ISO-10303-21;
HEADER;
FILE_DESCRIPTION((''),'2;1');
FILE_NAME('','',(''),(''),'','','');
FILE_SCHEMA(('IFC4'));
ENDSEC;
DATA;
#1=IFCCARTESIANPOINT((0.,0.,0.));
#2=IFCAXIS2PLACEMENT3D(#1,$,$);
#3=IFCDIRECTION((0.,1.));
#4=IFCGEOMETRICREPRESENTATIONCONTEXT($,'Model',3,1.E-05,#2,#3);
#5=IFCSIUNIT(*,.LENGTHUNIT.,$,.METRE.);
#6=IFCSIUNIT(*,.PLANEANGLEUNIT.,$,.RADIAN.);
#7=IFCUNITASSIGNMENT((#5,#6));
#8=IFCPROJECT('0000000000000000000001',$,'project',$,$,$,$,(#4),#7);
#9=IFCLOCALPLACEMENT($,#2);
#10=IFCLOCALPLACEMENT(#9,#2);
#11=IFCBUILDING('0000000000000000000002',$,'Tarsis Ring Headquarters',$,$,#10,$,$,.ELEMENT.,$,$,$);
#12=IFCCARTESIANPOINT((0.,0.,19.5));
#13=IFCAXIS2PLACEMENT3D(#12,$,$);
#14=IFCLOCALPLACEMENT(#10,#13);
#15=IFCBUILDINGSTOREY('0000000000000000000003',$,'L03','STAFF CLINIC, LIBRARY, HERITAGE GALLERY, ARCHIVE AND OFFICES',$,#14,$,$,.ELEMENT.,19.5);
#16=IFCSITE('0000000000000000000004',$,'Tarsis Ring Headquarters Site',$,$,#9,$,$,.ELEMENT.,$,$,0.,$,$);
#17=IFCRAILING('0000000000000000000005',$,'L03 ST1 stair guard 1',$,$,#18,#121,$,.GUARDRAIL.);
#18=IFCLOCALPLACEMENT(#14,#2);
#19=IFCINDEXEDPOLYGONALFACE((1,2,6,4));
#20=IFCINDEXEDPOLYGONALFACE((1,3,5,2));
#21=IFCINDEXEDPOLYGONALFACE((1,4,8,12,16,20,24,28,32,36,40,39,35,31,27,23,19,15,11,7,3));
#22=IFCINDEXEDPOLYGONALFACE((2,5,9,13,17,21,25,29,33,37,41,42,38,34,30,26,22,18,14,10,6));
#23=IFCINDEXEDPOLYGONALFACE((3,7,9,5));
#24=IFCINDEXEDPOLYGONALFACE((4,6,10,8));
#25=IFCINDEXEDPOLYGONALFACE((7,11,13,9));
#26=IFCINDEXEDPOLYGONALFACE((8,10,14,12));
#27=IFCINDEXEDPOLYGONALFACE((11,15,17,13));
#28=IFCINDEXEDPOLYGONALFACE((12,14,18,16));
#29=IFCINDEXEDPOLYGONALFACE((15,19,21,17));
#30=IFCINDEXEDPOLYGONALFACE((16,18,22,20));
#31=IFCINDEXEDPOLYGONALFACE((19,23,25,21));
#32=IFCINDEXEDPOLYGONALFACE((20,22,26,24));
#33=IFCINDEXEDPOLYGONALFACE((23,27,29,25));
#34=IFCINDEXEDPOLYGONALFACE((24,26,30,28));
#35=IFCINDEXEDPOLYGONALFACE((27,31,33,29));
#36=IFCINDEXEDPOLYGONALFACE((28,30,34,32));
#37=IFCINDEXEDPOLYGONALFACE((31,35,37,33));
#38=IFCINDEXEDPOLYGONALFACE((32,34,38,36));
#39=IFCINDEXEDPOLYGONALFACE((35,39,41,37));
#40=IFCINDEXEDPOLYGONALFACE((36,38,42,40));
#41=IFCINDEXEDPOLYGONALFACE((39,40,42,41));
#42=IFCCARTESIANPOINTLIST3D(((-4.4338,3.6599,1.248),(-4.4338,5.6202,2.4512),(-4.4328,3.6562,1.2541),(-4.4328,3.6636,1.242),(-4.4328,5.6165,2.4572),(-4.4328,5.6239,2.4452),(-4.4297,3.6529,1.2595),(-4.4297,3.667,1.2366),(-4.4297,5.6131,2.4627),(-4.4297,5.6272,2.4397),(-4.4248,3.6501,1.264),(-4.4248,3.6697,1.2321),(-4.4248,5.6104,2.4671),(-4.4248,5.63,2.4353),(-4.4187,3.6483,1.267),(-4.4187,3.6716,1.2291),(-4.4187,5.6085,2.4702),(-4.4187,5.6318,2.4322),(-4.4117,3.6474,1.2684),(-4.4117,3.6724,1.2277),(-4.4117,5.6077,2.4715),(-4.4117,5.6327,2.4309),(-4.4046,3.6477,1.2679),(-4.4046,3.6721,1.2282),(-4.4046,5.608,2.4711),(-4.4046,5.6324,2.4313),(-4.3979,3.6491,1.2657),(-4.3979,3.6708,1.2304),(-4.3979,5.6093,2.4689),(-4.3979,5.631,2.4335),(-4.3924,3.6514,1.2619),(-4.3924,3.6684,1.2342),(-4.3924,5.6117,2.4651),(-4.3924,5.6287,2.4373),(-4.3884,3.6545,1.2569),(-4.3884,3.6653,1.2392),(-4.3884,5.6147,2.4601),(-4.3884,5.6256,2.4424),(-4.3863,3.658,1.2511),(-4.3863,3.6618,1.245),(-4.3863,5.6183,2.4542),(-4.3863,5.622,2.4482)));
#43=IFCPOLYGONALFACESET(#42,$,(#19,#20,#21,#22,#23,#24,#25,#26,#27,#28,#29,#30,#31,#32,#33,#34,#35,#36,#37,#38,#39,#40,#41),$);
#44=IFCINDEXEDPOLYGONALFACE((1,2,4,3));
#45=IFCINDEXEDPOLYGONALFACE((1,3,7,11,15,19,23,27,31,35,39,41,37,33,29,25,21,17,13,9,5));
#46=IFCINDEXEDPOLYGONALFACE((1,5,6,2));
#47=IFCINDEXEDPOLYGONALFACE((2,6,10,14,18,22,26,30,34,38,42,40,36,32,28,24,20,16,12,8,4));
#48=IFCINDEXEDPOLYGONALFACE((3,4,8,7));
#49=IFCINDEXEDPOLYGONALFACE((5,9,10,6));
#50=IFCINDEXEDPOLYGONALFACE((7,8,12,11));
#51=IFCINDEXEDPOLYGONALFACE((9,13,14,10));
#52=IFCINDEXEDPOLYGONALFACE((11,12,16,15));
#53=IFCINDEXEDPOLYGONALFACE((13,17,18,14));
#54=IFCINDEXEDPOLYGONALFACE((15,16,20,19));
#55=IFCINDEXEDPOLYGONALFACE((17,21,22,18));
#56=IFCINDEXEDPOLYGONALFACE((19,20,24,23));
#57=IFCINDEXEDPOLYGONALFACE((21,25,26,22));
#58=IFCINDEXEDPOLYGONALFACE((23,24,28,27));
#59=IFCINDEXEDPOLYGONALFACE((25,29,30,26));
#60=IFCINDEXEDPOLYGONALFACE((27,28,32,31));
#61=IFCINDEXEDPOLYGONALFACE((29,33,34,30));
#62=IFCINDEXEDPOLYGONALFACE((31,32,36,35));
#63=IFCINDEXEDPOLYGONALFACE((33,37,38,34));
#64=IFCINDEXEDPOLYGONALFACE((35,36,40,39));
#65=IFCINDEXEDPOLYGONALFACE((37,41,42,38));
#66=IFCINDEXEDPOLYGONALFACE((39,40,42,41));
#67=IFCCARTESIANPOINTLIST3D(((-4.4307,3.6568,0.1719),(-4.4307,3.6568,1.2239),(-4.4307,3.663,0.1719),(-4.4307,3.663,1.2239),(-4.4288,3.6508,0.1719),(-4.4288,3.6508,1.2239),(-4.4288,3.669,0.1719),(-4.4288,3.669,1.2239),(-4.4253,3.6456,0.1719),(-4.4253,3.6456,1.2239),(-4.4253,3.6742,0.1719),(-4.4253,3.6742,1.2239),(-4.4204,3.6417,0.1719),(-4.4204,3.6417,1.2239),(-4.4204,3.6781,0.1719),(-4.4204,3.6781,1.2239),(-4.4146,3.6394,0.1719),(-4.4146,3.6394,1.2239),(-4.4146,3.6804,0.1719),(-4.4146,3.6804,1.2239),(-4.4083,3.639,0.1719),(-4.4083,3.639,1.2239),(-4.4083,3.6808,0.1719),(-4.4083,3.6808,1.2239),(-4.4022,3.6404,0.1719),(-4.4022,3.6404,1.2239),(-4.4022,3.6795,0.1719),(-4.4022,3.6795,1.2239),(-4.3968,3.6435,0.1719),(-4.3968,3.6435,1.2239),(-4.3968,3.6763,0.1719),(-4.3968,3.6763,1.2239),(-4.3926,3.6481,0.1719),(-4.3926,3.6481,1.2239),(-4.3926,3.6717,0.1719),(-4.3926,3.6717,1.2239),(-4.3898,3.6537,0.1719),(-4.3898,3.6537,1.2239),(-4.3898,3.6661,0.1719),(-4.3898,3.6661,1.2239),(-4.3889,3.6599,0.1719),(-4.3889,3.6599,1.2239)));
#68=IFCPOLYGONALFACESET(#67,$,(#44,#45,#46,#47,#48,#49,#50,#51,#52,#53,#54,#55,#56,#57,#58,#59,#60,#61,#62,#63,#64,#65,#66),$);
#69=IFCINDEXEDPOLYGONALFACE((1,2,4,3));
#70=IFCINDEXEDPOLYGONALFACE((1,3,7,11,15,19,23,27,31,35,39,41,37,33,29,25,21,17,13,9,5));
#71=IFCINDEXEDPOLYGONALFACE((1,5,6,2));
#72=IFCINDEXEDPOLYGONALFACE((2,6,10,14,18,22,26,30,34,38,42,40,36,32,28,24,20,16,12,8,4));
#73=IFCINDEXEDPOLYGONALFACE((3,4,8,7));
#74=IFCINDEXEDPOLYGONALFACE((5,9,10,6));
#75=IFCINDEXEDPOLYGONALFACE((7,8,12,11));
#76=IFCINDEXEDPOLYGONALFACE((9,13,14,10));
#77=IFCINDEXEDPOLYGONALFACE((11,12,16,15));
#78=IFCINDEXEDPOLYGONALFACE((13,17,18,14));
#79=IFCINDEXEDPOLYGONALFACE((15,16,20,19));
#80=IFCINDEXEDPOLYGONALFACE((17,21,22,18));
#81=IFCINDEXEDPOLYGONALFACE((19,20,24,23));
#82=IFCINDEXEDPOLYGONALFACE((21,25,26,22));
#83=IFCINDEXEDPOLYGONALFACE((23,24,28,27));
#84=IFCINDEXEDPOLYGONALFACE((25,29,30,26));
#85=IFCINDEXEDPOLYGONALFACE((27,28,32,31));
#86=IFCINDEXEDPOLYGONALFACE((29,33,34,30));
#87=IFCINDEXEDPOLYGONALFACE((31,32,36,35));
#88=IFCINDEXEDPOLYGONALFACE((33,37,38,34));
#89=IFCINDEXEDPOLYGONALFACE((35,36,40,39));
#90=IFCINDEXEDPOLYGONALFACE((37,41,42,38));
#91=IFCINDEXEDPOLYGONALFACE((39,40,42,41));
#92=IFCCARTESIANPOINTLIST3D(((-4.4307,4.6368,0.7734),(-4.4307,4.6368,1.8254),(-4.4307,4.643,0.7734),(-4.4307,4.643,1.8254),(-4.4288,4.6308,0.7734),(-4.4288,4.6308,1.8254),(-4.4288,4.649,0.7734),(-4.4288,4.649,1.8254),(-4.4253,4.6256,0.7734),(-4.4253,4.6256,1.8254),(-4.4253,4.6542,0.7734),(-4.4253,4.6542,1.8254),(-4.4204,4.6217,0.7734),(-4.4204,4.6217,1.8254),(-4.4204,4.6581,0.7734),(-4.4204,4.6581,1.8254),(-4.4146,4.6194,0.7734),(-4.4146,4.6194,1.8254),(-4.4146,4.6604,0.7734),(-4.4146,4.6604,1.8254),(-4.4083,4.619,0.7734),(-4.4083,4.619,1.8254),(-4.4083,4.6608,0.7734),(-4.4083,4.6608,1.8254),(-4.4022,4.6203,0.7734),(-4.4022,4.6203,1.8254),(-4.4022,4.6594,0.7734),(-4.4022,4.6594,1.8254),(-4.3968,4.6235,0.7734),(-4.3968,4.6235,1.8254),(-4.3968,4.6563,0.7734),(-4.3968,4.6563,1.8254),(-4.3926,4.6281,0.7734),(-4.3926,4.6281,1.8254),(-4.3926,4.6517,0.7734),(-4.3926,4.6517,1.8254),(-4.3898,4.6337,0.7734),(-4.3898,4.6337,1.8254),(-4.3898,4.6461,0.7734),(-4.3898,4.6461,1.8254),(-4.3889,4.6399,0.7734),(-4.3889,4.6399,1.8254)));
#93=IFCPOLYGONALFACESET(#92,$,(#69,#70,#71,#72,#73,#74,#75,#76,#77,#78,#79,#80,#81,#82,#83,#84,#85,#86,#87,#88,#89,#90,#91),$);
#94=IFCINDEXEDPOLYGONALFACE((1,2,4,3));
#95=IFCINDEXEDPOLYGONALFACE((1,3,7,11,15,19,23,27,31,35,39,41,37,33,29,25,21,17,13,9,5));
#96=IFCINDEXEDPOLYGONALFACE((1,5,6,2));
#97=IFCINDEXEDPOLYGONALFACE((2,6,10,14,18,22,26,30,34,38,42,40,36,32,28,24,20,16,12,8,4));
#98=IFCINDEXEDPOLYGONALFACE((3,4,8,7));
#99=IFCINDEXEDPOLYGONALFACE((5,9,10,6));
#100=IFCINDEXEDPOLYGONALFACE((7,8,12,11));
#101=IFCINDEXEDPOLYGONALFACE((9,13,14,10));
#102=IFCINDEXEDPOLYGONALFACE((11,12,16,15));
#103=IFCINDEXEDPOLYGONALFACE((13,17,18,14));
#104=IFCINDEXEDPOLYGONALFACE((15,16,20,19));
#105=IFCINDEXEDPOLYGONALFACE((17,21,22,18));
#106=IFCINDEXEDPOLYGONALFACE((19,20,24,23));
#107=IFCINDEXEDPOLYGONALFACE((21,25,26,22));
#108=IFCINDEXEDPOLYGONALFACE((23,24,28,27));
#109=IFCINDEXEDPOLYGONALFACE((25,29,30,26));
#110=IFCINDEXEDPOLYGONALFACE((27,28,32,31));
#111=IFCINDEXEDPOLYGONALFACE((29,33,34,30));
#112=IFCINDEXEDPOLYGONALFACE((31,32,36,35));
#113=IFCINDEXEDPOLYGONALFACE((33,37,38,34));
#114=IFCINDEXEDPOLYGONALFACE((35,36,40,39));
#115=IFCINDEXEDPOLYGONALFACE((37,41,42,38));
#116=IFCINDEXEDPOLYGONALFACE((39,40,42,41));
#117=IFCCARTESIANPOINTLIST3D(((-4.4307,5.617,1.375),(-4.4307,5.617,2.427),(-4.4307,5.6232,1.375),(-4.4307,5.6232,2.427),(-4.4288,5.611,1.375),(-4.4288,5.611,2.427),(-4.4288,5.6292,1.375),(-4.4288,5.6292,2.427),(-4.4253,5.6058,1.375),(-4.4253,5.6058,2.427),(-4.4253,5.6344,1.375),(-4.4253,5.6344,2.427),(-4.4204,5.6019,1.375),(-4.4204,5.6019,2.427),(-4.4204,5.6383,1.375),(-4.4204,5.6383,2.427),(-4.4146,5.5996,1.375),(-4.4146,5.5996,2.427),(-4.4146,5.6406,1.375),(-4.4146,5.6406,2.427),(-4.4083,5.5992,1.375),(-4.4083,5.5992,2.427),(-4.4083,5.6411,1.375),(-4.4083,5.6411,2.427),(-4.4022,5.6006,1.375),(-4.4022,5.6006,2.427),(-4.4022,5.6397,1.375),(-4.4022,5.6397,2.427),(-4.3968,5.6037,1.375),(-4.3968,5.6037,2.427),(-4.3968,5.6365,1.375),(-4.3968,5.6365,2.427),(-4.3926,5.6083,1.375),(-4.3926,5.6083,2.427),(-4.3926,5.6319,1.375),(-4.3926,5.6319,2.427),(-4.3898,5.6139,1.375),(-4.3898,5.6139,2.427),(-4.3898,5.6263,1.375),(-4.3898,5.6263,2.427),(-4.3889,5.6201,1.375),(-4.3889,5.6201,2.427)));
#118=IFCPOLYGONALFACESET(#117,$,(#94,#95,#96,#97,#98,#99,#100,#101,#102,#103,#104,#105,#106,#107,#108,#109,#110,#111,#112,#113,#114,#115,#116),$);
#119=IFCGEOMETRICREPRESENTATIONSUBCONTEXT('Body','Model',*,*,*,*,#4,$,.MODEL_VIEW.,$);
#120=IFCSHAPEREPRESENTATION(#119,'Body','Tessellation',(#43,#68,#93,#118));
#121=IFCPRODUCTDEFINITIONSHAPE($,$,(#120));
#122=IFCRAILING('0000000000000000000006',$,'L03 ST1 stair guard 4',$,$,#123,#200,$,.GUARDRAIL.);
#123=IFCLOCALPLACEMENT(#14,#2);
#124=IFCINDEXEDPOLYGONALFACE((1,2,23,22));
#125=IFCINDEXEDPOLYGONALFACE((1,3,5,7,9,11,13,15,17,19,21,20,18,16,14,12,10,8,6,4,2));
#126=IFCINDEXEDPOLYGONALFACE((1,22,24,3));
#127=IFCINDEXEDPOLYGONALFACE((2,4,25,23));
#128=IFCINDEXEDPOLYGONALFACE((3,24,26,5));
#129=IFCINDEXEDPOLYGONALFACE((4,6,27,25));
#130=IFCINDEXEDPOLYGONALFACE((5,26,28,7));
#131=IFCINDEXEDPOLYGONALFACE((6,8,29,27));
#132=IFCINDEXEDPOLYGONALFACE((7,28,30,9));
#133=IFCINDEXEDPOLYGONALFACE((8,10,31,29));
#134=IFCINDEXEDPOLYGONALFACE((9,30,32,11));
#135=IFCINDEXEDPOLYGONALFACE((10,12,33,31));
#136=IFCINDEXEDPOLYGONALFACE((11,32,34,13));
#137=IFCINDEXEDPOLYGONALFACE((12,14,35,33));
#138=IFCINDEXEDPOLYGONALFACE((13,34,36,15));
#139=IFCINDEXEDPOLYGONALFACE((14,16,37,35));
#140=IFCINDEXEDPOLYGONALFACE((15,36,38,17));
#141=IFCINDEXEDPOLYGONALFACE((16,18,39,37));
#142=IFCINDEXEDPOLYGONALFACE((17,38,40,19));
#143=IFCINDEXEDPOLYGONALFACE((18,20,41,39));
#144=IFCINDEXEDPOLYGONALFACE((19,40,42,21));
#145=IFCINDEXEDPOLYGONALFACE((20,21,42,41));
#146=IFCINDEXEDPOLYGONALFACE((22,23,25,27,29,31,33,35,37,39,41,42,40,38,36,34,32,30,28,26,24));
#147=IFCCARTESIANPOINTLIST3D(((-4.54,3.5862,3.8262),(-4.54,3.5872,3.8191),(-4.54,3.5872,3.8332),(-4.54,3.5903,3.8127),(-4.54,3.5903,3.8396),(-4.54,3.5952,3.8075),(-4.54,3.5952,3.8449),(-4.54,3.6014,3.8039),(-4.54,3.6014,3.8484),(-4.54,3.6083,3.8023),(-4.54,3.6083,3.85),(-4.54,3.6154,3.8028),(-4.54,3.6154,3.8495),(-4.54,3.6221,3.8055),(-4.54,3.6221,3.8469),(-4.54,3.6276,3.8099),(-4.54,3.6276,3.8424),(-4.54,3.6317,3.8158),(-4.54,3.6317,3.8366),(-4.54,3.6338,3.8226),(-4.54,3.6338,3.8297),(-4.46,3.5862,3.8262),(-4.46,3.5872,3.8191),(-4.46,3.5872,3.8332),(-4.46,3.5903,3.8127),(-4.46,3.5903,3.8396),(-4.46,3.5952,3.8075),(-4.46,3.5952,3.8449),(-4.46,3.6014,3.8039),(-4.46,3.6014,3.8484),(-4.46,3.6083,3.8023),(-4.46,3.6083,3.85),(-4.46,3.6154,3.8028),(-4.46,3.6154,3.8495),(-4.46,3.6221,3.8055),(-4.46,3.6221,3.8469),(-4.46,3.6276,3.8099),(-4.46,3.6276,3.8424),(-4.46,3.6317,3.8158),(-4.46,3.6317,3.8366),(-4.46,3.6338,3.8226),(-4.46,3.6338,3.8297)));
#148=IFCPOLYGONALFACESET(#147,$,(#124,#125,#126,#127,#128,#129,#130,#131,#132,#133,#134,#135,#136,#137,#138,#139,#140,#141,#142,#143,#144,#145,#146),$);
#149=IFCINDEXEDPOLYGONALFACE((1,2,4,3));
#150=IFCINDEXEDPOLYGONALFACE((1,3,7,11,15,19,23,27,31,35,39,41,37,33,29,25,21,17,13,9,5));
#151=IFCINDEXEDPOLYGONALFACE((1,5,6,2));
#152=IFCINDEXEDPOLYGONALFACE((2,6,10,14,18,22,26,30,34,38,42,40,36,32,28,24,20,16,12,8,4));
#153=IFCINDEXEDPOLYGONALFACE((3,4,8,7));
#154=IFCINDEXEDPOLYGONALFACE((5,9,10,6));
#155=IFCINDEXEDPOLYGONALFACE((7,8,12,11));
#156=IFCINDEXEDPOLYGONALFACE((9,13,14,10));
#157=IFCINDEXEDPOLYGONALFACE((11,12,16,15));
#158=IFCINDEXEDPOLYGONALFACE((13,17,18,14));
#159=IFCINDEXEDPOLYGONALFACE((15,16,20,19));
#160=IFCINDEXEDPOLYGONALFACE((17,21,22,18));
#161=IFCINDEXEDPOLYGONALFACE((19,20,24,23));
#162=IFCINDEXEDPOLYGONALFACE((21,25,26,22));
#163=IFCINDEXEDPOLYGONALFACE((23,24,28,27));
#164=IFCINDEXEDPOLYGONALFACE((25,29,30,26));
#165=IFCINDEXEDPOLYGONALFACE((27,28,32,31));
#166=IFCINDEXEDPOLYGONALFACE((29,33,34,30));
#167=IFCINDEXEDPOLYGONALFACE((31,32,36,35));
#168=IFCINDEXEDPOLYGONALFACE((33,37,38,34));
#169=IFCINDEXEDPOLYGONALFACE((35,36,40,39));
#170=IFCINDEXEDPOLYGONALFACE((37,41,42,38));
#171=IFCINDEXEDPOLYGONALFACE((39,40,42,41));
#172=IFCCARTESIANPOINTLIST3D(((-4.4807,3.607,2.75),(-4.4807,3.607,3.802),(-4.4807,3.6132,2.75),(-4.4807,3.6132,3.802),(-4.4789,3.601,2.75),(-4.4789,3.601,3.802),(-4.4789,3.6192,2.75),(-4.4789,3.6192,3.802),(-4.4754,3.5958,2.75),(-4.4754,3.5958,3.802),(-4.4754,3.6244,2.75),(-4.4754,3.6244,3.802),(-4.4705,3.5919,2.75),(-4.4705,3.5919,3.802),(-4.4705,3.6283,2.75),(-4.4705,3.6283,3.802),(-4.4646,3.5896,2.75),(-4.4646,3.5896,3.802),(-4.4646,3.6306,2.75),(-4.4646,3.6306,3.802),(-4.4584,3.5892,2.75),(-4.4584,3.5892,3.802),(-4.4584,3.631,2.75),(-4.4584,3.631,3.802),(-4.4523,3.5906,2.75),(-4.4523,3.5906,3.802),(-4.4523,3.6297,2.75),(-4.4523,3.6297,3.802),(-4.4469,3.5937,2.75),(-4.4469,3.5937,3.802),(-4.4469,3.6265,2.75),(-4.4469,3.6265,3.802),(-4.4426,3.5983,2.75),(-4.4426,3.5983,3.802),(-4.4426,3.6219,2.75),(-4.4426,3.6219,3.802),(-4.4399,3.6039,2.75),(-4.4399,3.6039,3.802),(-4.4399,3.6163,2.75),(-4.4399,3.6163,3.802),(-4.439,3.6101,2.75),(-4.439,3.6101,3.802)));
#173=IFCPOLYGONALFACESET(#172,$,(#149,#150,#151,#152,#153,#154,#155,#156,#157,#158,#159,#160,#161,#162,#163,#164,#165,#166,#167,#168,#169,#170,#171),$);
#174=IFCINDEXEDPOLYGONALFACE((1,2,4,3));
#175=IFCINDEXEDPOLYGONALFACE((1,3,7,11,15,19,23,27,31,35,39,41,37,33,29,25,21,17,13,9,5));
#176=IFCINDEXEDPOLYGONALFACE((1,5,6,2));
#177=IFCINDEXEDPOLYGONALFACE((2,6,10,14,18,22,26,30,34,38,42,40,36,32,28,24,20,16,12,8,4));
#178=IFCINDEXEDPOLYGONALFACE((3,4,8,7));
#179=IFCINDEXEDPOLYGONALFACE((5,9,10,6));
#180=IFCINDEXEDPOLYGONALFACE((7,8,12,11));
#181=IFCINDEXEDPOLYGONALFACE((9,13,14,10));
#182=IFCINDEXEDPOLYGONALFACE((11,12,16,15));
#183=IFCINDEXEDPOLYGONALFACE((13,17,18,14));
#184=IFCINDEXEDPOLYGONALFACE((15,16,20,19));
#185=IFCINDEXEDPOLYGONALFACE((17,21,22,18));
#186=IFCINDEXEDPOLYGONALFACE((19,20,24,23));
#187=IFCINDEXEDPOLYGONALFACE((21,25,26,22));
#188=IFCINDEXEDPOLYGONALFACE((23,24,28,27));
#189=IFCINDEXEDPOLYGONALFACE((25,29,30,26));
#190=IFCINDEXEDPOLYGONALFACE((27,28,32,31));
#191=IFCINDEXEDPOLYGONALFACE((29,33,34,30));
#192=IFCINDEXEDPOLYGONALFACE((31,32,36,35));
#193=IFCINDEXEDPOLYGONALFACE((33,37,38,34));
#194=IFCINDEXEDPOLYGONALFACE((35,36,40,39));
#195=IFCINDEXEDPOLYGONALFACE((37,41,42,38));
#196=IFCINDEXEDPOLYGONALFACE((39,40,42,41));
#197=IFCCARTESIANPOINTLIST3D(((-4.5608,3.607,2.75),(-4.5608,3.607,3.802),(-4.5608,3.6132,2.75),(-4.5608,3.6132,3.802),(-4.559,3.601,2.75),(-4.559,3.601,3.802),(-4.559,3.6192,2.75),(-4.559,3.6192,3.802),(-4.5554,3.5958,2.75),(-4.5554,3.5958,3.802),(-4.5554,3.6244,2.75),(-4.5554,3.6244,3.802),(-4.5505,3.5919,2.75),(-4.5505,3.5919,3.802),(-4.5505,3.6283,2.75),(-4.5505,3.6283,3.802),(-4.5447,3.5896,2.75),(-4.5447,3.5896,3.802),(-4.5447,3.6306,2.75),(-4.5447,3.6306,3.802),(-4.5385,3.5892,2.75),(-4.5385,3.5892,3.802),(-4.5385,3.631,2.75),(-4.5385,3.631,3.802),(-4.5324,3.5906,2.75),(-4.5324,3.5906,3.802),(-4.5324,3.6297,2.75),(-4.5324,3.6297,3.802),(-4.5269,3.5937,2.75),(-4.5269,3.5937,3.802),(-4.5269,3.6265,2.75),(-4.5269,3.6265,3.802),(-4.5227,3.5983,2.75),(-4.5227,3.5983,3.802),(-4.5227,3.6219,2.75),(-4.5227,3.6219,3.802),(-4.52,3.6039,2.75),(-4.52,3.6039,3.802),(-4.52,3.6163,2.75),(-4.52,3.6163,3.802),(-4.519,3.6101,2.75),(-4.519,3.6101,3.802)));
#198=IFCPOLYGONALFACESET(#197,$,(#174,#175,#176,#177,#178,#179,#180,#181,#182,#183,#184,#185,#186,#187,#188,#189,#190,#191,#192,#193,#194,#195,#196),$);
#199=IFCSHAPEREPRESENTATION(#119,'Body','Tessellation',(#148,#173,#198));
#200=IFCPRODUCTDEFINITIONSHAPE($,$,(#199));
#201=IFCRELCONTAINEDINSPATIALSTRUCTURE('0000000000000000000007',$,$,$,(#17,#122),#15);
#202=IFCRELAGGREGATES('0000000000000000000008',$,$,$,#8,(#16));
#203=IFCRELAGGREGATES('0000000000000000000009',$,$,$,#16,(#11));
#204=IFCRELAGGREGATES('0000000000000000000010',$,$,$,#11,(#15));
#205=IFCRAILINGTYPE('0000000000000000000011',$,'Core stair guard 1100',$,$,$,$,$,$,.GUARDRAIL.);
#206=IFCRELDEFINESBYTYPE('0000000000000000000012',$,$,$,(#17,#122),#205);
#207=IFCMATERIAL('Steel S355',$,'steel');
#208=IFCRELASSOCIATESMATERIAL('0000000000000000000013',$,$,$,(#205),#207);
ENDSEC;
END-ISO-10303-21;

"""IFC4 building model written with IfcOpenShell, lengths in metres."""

from ifc_helpers import new_model, si_unit, direction, frame, origin, origin_2d, place, context, subcontext, project, spatial, circle, extrude, material, type_object, element, save


model = new_model("IFC4")

# Units and contexts
model_context = context("Model", 3, precision=1e-05, world=origin(), true_north=direction((0.0, 1.0)))
body_context = subcontext(model_context, "Body", "Model", "MODEL_VIEW")
ifc_project = project(units=[si_unit("LENGTHUNIT", "METRE"), si_unit("PLANEANGLEUNIT", "RADIAN")], contexts=[model_context])

# Site, building, storey
site_placement = place(None, origin())
site = spatial("IfcSite", under=ifc_project, at=site_placement, Name="Tarsis Ring Headquarters Site", CompositionType="ELEMENT", RefElevation=0.0)
building_placement = place(site_placement, origin())
building = spatial("IfcBuilding", under=site, at=building_placement, Name="Tarsis Ring Headquarters", CompositionType="ELEMENT")
storey_placement = place(building_placement, frame((0.0, 0.0, 19.5)))
storey = spatial("IfcBuildingStorey", under=building, at=storey_placement, Name="L03", Description="STAFF CLINIC, LIBRARY, HERITAGE GALLERY, ARCHIVE AND OFFICES", CompositionType="ELEMENT", Elevation=19.5)

# Shared definitions
ifc_material_1 = material(Name="Steel S355", Category="steel")

# Railings
railing_type = type_object("IfcRailingType", Name="Core stair guard 1100", PredefinedType="GUARDRAIL", material=ifc_material_1)
railing_1_placement = place(storey_placement, frame((-4.4099, 3.6599, 0.1719)))
element("IfcRailing", 1, at=railing_1_placement, inside=storey, type_object=railing_type, Name="L03 ST1 stair guard 1", PredefinedType="GUARDRAIL", context=body_context, shape_type="SweptSolid", body=[
    extrude(circle(Radius=0.0239, at=origin_2d()), frame((0.0, 0.0, 1.0762), z_axis=(0.0, 0.85227, 0.523102), x_axis=(-1.0, 0.0, 0.0)), (0.0, 0.0, 1.0), 2.3),
    extrude(circle(Radius=0.021, at=origin_2d()), origin(), (0.0, 0.0, 1.0), 1.052),
    extrude(circle(Radius=0.021, at=origin_2d()), frame((0.0, 0.98, 0.6016)), (0.0, 0.0, 1.0), 1.052),
    extrude(circle(Radius=0.021, at=origin_2d()), frame((0.0, 1.9602, 1.2031)), (0.0, 0.0, 1.0), 1.052),
])
railing_2_placement = place(storey_placement, frame((-4.46, 3.6101, 2.75)))
element("IfcRailing", 2, at=railing_2_placement, inside=storey, type_object=railing_type, Name="L03 ST1 stair guard 4", PredefinedType="GUARDRAIL", context=body_context, shape_type="SweptSolid", body=[
    extrude(circle(Radius=0.0239, at=origin_2d()), frame((0.0, 0.0, 1.0762), z_axis=(-1.0, 0.0, 0.0), x_axis=(0.0, -1.0, 0.0)), (0.0, 0.0, 1.0), 0.0801),
    extrude(circle(Radius=0.021, at=origin_2d()), origin(), (0.0, 0.0, 1.0), 1.052),
    extrude(circle(Radius=0.021, at=origin_2d()), frame((-0.0801, 0.0, 0.0)), (0.0, 0.0, 1.0), 1.052),
])

save(model, "model.ifc")
